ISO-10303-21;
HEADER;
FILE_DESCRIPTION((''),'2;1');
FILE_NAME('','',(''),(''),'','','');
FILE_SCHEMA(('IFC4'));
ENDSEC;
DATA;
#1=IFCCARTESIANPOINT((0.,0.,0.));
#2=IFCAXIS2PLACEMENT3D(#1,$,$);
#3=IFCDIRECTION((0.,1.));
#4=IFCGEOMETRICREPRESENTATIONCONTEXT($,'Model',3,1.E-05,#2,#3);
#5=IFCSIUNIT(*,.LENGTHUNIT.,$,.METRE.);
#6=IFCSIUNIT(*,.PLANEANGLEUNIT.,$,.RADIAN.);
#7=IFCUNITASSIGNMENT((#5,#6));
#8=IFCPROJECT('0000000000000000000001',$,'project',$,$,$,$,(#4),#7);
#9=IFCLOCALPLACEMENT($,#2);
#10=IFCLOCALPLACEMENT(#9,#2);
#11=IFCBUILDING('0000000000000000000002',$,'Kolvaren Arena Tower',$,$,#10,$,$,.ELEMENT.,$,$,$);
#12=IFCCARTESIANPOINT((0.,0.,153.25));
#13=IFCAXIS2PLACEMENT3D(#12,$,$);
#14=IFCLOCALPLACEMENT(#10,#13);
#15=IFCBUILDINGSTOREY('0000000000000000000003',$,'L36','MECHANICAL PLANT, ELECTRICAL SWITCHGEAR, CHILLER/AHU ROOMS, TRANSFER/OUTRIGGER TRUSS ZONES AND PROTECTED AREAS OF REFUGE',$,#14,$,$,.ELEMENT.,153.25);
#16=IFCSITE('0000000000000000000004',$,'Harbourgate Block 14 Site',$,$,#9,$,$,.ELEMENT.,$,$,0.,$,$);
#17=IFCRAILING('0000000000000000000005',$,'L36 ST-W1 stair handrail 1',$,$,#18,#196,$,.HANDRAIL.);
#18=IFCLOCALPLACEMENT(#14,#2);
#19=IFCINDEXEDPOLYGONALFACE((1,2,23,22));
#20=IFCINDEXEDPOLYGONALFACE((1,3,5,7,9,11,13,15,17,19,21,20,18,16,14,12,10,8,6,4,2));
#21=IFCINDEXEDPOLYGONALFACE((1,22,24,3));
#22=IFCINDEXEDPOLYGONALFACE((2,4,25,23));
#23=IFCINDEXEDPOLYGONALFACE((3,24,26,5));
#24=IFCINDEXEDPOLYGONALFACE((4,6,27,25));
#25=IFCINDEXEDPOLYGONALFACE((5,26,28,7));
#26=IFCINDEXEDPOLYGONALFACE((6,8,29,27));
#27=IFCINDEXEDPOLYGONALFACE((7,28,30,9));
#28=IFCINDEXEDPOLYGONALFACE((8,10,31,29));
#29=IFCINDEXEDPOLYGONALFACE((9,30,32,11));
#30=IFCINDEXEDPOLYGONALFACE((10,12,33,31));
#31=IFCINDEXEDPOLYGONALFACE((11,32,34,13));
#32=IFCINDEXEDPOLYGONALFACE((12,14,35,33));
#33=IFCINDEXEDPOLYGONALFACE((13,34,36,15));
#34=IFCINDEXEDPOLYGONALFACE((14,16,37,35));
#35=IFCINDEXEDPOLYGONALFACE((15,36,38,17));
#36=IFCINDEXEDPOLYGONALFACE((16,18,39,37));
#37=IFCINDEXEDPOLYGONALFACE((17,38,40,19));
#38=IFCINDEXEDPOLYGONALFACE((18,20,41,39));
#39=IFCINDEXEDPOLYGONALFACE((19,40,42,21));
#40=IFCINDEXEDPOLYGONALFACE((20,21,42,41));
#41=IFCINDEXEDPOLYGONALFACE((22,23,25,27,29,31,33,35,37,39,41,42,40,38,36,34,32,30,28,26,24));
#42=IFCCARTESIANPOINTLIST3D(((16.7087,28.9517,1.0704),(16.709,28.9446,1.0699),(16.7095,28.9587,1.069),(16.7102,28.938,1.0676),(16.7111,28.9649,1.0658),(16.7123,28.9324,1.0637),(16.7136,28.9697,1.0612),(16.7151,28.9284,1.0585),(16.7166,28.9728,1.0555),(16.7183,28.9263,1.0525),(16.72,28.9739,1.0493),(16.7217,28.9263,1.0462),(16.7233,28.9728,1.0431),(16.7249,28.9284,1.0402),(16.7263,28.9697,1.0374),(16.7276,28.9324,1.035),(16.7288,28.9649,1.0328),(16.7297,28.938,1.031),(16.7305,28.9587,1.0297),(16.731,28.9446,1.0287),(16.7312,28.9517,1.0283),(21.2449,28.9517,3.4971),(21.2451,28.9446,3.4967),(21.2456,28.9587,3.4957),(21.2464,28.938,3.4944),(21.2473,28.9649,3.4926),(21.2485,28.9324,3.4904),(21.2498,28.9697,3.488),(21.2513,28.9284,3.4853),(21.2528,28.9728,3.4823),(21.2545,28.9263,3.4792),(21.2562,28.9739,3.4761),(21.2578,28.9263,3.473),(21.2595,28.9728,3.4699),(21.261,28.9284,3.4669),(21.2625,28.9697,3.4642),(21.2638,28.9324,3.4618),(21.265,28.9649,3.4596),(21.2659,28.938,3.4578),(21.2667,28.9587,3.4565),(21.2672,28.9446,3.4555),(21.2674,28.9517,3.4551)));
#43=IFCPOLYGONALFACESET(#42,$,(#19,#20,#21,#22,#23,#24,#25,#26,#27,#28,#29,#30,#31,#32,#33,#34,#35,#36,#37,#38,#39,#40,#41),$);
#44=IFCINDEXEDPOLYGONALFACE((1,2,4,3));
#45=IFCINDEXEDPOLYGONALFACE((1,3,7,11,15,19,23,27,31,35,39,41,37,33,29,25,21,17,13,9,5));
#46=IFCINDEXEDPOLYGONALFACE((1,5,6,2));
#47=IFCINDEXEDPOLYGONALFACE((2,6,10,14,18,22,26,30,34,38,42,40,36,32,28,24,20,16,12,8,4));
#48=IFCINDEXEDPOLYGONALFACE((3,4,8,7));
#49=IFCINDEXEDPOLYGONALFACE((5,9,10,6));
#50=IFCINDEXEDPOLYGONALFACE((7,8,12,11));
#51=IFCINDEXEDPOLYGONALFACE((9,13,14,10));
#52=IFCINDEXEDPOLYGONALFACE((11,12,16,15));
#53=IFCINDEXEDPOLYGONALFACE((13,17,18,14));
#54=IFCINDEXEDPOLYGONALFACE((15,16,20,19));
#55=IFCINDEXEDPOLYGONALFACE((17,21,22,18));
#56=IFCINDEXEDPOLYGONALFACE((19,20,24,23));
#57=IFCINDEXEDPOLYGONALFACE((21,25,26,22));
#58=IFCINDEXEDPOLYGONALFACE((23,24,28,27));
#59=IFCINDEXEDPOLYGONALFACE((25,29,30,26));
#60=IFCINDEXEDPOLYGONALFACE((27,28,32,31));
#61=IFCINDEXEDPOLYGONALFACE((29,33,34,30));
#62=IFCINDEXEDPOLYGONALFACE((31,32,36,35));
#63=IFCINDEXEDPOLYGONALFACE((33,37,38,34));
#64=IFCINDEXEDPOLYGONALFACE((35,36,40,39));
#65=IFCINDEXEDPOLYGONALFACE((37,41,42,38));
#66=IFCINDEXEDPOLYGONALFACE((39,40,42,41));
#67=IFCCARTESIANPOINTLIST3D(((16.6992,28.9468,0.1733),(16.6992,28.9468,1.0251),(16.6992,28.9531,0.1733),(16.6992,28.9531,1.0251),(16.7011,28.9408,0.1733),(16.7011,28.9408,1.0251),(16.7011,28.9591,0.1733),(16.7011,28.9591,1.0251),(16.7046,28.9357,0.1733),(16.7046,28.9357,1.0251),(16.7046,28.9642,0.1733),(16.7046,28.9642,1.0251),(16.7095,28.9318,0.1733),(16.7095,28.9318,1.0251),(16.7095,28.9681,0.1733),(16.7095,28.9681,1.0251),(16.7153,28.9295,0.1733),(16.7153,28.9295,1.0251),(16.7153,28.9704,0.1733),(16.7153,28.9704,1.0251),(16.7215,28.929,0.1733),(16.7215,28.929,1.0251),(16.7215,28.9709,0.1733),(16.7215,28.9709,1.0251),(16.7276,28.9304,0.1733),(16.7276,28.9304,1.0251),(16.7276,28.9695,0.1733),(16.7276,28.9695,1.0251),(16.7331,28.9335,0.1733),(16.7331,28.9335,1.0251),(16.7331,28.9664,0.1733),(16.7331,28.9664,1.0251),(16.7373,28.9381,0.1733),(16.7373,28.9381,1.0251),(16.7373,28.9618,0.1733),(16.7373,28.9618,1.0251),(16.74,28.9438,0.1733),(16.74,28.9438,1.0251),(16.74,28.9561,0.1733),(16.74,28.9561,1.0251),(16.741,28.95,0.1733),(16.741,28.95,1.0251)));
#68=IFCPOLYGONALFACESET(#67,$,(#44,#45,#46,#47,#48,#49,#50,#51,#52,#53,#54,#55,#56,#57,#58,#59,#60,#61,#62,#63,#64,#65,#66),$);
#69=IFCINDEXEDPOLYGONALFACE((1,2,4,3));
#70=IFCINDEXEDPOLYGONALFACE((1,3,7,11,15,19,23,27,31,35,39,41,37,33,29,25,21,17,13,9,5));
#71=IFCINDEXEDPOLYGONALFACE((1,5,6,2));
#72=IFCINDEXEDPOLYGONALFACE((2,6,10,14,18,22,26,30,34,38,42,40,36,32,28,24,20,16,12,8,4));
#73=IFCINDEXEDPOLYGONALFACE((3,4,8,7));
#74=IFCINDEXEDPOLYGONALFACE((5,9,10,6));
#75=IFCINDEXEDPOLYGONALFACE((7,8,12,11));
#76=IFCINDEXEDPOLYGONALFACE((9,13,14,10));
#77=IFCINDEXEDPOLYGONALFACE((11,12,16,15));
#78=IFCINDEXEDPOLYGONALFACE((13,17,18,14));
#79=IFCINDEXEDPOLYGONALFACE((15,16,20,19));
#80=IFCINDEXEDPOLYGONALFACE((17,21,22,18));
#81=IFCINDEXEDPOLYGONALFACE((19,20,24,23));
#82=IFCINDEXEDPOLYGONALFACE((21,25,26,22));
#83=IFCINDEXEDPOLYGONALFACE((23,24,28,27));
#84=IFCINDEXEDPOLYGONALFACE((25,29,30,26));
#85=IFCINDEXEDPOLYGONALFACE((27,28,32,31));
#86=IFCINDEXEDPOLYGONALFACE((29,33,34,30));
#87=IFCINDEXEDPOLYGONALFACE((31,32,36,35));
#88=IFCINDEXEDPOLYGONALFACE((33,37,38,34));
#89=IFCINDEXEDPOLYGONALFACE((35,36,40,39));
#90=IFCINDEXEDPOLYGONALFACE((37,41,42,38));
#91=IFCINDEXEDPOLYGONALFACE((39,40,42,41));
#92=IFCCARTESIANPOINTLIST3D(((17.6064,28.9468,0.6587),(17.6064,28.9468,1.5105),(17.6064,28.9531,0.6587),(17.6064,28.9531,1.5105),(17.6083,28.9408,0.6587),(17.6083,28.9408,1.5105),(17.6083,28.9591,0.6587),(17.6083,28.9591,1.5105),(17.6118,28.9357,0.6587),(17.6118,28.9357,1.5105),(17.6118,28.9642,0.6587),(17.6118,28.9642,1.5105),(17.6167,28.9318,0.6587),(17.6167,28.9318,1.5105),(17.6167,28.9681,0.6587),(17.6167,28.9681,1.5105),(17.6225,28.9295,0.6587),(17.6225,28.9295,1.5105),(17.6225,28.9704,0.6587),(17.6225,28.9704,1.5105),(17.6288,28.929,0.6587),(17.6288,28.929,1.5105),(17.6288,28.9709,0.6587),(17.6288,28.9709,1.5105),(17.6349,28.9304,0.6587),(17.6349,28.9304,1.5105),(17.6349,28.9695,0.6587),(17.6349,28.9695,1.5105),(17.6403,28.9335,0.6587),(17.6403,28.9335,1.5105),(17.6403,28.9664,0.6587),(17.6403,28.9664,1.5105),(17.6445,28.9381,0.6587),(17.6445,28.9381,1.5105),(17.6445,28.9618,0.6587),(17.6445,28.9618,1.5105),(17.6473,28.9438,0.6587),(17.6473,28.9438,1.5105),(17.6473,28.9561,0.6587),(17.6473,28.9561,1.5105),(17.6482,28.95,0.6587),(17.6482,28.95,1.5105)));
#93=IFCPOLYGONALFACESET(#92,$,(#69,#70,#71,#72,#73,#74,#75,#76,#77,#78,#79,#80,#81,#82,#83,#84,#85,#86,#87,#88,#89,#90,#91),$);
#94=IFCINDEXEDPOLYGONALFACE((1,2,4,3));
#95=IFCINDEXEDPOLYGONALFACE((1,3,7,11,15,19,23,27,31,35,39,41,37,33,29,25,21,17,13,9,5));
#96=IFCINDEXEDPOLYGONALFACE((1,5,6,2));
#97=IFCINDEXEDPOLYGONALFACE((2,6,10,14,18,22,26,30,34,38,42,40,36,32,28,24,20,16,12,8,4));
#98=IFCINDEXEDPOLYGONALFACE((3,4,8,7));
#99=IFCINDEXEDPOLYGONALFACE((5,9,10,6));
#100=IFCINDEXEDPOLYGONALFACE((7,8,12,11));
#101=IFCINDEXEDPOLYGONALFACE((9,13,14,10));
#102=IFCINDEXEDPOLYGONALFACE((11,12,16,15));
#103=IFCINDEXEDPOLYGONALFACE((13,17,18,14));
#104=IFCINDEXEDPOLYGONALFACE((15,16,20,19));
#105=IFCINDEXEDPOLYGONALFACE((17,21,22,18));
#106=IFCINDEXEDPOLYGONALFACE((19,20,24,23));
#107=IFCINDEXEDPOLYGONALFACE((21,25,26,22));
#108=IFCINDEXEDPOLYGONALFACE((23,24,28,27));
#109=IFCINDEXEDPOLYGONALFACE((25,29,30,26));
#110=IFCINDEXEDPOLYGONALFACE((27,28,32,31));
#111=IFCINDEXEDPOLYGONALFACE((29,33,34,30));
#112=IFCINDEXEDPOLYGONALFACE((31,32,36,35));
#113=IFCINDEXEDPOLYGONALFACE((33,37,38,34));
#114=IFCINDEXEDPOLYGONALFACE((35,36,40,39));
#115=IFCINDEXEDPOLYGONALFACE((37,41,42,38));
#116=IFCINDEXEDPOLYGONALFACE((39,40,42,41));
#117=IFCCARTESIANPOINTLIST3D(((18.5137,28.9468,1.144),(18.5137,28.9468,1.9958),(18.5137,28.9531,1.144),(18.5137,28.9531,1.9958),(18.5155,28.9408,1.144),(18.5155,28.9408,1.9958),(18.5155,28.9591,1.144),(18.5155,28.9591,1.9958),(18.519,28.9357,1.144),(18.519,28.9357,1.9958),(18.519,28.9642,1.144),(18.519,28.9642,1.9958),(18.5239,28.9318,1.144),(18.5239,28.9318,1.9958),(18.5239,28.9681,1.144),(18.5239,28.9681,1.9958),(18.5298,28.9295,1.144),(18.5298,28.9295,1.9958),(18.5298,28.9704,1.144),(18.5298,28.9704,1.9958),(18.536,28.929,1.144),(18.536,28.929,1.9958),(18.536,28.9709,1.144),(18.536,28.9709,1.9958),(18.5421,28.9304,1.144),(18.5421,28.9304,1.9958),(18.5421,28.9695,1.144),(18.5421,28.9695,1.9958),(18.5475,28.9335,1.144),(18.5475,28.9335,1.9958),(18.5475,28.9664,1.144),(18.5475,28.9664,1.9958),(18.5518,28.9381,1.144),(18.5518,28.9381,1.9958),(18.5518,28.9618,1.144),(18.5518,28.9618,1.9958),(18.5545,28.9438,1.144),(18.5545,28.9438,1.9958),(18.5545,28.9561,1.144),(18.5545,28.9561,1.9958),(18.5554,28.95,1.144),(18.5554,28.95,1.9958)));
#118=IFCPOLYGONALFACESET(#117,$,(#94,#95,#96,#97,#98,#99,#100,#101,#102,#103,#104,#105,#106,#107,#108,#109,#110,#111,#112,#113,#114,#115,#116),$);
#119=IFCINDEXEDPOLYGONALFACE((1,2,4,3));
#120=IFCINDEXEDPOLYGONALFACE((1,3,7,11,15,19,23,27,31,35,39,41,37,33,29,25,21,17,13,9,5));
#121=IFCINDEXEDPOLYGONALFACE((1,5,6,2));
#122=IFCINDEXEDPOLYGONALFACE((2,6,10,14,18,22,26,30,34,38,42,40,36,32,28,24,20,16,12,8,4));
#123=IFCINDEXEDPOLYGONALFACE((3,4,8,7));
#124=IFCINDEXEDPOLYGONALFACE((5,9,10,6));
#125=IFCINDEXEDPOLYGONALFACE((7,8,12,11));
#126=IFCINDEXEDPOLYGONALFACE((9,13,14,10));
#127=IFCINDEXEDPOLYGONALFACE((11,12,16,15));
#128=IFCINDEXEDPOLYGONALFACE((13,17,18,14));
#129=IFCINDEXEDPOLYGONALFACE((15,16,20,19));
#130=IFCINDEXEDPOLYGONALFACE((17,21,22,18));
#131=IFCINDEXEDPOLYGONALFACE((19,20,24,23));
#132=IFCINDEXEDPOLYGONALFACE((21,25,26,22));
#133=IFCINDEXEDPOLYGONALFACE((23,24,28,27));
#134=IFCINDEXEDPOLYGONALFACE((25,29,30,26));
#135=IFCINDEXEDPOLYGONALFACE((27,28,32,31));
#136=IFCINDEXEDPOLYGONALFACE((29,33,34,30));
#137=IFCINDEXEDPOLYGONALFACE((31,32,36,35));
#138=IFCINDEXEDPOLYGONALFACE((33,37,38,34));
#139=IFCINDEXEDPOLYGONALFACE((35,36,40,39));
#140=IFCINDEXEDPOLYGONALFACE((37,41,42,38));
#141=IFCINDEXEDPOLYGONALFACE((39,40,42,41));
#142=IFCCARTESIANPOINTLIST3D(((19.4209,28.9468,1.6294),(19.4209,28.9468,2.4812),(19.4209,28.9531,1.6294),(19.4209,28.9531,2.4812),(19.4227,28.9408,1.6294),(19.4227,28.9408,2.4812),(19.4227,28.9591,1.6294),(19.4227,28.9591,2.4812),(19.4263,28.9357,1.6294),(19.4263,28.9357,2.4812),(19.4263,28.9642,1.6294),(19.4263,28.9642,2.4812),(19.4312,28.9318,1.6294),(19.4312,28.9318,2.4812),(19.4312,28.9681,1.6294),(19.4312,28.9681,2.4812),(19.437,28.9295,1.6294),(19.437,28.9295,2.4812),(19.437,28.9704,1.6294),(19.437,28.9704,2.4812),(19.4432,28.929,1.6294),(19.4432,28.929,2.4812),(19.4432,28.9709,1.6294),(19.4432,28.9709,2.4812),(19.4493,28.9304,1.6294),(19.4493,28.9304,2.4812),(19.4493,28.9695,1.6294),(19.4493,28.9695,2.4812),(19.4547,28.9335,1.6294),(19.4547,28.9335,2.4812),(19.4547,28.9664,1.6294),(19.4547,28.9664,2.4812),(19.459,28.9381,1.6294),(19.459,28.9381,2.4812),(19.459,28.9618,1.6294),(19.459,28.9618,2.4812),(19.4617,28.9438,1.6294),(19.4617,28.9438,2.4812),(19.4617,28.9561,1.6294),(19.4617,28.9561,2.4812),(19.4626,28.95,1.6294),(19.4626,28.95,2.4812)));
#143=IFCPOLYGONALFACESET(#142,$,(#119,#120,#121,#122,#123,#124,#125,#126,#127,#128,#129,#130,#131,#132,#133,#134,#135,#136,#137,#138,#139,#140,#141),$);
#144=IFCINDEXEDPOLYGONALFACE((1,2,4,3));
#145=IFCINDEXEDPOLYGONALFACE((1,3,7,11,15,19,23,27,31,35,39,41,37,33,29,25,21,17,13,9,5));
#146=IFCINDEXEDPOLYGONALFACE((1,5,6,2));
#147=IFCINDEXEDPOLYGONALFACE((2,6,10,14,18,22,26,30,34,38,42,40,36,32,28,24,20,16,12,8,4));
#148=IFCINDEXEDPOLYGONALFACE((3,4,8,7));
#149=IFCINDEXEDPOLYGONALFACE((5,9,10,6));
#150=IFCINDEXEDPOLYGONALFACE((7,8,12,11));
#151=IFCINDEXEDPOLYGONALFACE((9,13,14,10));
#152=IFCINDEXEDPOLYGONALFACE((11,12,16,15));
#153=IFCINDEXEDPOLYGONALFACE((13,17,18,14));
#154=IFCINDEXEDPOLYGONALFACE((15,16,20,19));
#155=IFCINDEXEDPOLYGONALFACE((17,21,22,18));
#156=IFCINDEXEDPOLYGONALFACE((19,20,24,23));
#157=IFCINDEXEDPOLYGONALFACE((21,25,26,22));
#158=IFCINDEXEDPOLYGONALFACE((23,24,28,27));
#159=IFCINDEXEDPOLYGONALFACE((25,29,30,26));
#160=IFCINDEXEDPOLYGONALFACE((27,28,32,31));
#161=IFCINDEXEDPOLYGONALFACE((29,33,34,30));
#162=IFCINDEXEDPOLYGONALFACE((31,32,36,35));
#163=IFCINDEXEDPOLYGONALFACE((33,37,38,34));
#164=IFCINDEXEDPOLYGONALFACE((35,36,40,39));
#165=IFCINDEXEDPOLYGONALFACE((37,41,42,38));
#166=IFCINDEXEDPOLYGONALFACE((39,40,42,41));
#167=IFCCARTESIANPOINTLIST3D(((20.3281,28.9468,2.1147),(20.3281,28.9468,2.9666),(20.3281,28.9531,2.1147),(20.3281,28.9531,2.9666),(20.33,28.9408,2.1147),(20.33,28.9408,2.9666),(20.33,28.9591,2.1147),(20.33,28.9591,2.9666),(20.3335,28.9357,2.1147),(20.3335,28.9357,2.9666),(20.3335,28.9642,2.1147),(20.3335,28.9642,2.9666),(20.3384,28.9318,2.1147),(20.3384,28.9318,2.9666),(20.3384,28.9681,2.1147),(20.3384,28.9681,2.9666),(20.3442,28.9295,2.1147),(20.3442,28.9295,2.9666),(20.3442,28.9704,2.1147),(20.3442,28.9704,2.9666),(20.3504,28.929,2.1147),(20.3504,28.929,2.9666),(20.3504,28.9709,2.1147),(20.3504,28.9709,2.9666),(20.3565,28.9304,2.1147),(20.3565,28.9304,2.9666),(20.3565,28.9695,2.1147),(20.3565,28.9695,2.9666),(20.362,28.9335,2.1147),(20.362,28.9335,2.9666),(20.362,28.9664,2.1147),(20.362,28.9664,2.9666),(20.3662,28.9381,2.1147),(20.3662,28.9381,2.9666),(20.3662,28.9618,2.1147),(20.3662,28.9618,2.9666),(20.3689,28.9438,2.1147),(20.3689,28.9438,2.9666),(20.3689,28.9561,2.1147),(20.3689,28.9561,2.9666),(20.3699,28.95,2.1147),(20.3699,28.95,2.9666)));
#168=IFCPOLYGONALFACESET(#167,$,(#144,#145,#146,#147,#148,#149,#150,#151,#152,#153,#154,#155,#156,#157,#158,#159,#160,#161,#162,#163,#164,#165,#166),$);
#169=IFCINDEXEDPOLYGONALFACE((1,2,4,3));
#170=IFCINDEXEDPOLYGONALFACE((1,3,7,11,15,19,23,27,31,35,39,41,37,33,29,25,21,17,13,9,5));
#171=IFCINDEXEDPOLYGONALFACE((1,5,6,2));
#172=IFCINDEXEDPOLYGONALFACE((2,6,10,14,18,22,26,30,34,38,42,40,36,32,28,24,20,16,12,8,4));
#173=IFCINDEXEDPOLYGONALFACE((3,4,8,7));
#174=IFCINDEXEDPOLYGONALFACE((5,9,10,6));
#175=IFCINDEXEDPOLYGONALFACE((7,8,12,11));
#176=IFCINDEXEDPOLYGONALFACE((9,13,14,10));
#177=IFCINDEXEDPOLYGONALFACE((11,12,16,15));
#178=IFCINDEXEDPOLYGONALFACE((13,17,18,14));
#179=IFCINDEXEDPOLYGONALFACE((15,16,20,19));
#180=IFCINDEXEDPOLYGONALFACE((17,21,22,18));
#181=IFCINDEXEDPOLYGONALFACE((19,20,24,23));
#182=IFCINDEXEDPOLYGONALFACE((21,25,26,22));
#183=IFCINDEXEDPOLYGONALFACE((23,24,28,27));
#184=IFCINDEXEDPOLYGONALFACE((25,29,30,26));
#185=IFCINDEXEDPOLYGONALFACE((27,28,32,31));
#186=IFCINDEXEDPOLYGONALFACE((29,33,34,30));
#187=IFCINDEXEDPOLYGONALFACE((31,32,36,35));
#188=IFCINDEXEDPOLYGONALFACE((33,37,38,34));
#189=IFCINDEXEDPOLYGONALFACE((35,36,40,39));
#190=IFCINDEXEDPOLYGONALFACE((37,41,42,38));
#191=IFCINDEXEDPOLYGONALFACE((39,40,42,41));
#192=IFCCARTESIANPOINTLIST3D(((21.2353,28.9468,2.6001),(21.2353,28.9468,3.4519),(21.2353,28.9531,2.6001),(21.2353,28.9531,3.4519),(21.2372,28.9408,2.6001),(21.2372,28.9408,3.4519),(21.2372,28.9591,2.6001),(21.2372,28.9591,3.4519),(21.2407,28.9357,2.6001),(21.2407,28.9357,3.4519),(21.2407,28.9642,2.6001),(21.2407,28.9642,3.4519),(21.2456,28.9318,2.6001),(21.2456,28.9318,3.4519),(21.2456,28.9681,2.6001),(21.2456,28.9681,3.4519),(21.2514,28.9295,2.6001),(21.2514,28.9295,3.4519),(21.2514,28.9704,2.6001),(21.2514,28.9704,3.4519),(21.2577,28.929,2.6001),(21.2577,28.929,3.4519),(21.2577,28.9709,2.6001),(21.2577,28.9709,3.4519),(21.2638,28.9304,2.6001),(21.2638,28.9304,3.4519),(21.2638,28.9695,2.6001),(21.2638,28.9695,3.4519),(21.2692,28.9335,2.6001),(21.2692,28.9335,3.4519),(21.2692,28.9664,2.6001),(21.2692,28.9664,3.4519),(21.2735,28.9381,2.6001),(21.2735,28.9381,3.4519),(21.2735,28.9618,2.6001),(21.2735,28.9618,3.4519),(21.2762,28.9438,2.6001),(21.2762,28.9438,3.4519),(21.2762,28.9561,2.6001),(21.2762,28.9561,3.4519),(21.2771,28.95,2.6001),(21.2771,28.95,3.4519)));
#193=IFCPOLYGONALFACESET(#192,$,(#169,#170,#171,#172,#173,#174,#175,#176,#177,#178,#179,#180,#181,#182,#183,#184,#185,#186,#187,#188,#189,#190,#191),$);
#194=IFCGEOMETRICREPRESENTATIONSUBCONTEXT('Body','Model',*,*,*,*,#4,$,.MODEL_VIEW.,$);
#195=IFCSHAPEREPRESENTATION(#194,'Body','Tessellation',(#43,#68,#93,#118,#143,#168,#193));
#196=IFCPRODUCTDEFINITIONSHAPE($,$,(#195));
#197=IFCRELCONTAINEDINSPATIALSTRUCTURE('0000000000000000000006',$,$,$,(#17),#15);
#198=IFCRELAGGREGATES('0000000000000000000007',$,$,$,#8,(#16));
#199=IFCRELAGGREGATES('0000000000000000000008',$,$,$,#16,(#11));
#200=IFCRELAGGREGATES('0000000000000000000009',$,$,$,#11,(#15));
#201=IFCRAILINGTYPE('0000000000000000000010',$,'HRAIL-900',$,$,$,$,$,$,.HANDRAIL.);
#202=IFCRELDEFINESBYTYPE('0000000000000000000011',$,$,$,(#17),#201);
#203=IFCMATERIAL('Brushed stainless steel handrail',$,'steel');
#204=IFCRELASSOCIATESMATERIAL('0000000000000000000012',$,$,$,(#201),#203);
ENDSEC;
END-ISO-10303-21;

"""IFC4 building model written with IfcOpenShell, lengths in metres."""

from ifc_helpers import new_model, si_unit, direction, frame, origin, origin_2d, place, context, subcontext, project, spatial, circle, extrude, material, type_object, element, save


model = new_model("IFC4")

# Units and contexts
model_context = context("Model", 3, precision=1e-05, world=origin(), true_north=direction((0.0, 1.0)))
body_context = subcontext(model_context, "Body", "Model", "MODEL_VIEW")
ifc_project = project(units=[si_unit("LENGTHUNIT", "METRE"), si_unit("PLANEANGLEUNIT", "RADIAN")], contexts=[model_context])

# Site, building, storey
site_placement = place(None, origin())
site = spatial("IfcSite", under=ifc_project, at=site_placement, Name="Harbourgate Block 14 Site", CompositionType="ELEMENT", RefElevation=0.0)
building_placement = place(site_placement, origin())
building = spatial("IfcBuilding", under=site, at=building_placement, Name="Kolvaren Arena Tower", CompositionType="ELEMENT")
storey_placement = place(building_placement, frame((0.0, 0.0, 153.25)))
storey = spatial("IfcBuildingStorey", under=building, at=storey_placement, Name="L36", Description="MECHANICAL PLANT, ELECTRICAL SWITCHGEAR, CHILLER/AHU ROOMS, TRANSFER/OUTRIGGER TRUSS ZONES AND PROTECTED AREAS OF REFUGE", CompositionType="ELEMENT", Elevation=153.25)

# Railing
ifc_material_1 = material(Name="Brushed stainless steel handrail", Category="steel")
railing_type_1 = type_object("IfcRailingType", Name="HRAIL-900", PredefinedType="HANDRAIL", material=ifc_material_1)
railing_1_placement = place(storey_placement, frame((16.72, 28.95, 0.1733)))
element("IfcRailing", 1, at=railing_1_placement, inside=storey, type_object=railing_type_1, Name="L36 ST-W1 stair handrail 1", PredefinedType="HANDRAIL", context=body_context, shape_type="SweptSolid", body=[
    extrude(circle(Radius=0.0239, at=origin_2d()), frame((0.0, 0.0, 0.876), z_axis=(0.881748, 0.0, 0.471721), x_axis=(0.0, 1.0, 0.0)), (0.0, 0.0, 1.0), 5.1445),
    extrude(circle(Radius=0.021, at=origin_2d()), origin(), (0.0, 0.0, 1.0), 0.8518),
    extrude(circle(Radius=0.021, at=origin_2d()), frame((0.9072, 0.0, 0.4854)), (0.0, 0.0, 1.0), 0.8518),
    extrude(circle(Radius=0.021, at=origin_2d()), frame((1.8145, 0.0, 0.9707)), (0.0, 0.0, 1.0), 0.8518),
    extrude(circle(Radius=0.021, at=origin_2d()), frame((2.7217, 0.0, 1.4561)), (0.0, 0.0, 1.0), 0.8518),
    extrude(circle(Radius=0.021, at=origin_2d()), frame((3.6289, 0.0, 1.9414)), (0.0, 0.0, 1.0), 0.8518),
    extrude(circle(Radius=0.021, at=origin_2d()), frame((4.5361, 0.0, 2.4268)), (0.0, 0.0, 1.0), 0.8518),
])

save(model, "model.ifc")
